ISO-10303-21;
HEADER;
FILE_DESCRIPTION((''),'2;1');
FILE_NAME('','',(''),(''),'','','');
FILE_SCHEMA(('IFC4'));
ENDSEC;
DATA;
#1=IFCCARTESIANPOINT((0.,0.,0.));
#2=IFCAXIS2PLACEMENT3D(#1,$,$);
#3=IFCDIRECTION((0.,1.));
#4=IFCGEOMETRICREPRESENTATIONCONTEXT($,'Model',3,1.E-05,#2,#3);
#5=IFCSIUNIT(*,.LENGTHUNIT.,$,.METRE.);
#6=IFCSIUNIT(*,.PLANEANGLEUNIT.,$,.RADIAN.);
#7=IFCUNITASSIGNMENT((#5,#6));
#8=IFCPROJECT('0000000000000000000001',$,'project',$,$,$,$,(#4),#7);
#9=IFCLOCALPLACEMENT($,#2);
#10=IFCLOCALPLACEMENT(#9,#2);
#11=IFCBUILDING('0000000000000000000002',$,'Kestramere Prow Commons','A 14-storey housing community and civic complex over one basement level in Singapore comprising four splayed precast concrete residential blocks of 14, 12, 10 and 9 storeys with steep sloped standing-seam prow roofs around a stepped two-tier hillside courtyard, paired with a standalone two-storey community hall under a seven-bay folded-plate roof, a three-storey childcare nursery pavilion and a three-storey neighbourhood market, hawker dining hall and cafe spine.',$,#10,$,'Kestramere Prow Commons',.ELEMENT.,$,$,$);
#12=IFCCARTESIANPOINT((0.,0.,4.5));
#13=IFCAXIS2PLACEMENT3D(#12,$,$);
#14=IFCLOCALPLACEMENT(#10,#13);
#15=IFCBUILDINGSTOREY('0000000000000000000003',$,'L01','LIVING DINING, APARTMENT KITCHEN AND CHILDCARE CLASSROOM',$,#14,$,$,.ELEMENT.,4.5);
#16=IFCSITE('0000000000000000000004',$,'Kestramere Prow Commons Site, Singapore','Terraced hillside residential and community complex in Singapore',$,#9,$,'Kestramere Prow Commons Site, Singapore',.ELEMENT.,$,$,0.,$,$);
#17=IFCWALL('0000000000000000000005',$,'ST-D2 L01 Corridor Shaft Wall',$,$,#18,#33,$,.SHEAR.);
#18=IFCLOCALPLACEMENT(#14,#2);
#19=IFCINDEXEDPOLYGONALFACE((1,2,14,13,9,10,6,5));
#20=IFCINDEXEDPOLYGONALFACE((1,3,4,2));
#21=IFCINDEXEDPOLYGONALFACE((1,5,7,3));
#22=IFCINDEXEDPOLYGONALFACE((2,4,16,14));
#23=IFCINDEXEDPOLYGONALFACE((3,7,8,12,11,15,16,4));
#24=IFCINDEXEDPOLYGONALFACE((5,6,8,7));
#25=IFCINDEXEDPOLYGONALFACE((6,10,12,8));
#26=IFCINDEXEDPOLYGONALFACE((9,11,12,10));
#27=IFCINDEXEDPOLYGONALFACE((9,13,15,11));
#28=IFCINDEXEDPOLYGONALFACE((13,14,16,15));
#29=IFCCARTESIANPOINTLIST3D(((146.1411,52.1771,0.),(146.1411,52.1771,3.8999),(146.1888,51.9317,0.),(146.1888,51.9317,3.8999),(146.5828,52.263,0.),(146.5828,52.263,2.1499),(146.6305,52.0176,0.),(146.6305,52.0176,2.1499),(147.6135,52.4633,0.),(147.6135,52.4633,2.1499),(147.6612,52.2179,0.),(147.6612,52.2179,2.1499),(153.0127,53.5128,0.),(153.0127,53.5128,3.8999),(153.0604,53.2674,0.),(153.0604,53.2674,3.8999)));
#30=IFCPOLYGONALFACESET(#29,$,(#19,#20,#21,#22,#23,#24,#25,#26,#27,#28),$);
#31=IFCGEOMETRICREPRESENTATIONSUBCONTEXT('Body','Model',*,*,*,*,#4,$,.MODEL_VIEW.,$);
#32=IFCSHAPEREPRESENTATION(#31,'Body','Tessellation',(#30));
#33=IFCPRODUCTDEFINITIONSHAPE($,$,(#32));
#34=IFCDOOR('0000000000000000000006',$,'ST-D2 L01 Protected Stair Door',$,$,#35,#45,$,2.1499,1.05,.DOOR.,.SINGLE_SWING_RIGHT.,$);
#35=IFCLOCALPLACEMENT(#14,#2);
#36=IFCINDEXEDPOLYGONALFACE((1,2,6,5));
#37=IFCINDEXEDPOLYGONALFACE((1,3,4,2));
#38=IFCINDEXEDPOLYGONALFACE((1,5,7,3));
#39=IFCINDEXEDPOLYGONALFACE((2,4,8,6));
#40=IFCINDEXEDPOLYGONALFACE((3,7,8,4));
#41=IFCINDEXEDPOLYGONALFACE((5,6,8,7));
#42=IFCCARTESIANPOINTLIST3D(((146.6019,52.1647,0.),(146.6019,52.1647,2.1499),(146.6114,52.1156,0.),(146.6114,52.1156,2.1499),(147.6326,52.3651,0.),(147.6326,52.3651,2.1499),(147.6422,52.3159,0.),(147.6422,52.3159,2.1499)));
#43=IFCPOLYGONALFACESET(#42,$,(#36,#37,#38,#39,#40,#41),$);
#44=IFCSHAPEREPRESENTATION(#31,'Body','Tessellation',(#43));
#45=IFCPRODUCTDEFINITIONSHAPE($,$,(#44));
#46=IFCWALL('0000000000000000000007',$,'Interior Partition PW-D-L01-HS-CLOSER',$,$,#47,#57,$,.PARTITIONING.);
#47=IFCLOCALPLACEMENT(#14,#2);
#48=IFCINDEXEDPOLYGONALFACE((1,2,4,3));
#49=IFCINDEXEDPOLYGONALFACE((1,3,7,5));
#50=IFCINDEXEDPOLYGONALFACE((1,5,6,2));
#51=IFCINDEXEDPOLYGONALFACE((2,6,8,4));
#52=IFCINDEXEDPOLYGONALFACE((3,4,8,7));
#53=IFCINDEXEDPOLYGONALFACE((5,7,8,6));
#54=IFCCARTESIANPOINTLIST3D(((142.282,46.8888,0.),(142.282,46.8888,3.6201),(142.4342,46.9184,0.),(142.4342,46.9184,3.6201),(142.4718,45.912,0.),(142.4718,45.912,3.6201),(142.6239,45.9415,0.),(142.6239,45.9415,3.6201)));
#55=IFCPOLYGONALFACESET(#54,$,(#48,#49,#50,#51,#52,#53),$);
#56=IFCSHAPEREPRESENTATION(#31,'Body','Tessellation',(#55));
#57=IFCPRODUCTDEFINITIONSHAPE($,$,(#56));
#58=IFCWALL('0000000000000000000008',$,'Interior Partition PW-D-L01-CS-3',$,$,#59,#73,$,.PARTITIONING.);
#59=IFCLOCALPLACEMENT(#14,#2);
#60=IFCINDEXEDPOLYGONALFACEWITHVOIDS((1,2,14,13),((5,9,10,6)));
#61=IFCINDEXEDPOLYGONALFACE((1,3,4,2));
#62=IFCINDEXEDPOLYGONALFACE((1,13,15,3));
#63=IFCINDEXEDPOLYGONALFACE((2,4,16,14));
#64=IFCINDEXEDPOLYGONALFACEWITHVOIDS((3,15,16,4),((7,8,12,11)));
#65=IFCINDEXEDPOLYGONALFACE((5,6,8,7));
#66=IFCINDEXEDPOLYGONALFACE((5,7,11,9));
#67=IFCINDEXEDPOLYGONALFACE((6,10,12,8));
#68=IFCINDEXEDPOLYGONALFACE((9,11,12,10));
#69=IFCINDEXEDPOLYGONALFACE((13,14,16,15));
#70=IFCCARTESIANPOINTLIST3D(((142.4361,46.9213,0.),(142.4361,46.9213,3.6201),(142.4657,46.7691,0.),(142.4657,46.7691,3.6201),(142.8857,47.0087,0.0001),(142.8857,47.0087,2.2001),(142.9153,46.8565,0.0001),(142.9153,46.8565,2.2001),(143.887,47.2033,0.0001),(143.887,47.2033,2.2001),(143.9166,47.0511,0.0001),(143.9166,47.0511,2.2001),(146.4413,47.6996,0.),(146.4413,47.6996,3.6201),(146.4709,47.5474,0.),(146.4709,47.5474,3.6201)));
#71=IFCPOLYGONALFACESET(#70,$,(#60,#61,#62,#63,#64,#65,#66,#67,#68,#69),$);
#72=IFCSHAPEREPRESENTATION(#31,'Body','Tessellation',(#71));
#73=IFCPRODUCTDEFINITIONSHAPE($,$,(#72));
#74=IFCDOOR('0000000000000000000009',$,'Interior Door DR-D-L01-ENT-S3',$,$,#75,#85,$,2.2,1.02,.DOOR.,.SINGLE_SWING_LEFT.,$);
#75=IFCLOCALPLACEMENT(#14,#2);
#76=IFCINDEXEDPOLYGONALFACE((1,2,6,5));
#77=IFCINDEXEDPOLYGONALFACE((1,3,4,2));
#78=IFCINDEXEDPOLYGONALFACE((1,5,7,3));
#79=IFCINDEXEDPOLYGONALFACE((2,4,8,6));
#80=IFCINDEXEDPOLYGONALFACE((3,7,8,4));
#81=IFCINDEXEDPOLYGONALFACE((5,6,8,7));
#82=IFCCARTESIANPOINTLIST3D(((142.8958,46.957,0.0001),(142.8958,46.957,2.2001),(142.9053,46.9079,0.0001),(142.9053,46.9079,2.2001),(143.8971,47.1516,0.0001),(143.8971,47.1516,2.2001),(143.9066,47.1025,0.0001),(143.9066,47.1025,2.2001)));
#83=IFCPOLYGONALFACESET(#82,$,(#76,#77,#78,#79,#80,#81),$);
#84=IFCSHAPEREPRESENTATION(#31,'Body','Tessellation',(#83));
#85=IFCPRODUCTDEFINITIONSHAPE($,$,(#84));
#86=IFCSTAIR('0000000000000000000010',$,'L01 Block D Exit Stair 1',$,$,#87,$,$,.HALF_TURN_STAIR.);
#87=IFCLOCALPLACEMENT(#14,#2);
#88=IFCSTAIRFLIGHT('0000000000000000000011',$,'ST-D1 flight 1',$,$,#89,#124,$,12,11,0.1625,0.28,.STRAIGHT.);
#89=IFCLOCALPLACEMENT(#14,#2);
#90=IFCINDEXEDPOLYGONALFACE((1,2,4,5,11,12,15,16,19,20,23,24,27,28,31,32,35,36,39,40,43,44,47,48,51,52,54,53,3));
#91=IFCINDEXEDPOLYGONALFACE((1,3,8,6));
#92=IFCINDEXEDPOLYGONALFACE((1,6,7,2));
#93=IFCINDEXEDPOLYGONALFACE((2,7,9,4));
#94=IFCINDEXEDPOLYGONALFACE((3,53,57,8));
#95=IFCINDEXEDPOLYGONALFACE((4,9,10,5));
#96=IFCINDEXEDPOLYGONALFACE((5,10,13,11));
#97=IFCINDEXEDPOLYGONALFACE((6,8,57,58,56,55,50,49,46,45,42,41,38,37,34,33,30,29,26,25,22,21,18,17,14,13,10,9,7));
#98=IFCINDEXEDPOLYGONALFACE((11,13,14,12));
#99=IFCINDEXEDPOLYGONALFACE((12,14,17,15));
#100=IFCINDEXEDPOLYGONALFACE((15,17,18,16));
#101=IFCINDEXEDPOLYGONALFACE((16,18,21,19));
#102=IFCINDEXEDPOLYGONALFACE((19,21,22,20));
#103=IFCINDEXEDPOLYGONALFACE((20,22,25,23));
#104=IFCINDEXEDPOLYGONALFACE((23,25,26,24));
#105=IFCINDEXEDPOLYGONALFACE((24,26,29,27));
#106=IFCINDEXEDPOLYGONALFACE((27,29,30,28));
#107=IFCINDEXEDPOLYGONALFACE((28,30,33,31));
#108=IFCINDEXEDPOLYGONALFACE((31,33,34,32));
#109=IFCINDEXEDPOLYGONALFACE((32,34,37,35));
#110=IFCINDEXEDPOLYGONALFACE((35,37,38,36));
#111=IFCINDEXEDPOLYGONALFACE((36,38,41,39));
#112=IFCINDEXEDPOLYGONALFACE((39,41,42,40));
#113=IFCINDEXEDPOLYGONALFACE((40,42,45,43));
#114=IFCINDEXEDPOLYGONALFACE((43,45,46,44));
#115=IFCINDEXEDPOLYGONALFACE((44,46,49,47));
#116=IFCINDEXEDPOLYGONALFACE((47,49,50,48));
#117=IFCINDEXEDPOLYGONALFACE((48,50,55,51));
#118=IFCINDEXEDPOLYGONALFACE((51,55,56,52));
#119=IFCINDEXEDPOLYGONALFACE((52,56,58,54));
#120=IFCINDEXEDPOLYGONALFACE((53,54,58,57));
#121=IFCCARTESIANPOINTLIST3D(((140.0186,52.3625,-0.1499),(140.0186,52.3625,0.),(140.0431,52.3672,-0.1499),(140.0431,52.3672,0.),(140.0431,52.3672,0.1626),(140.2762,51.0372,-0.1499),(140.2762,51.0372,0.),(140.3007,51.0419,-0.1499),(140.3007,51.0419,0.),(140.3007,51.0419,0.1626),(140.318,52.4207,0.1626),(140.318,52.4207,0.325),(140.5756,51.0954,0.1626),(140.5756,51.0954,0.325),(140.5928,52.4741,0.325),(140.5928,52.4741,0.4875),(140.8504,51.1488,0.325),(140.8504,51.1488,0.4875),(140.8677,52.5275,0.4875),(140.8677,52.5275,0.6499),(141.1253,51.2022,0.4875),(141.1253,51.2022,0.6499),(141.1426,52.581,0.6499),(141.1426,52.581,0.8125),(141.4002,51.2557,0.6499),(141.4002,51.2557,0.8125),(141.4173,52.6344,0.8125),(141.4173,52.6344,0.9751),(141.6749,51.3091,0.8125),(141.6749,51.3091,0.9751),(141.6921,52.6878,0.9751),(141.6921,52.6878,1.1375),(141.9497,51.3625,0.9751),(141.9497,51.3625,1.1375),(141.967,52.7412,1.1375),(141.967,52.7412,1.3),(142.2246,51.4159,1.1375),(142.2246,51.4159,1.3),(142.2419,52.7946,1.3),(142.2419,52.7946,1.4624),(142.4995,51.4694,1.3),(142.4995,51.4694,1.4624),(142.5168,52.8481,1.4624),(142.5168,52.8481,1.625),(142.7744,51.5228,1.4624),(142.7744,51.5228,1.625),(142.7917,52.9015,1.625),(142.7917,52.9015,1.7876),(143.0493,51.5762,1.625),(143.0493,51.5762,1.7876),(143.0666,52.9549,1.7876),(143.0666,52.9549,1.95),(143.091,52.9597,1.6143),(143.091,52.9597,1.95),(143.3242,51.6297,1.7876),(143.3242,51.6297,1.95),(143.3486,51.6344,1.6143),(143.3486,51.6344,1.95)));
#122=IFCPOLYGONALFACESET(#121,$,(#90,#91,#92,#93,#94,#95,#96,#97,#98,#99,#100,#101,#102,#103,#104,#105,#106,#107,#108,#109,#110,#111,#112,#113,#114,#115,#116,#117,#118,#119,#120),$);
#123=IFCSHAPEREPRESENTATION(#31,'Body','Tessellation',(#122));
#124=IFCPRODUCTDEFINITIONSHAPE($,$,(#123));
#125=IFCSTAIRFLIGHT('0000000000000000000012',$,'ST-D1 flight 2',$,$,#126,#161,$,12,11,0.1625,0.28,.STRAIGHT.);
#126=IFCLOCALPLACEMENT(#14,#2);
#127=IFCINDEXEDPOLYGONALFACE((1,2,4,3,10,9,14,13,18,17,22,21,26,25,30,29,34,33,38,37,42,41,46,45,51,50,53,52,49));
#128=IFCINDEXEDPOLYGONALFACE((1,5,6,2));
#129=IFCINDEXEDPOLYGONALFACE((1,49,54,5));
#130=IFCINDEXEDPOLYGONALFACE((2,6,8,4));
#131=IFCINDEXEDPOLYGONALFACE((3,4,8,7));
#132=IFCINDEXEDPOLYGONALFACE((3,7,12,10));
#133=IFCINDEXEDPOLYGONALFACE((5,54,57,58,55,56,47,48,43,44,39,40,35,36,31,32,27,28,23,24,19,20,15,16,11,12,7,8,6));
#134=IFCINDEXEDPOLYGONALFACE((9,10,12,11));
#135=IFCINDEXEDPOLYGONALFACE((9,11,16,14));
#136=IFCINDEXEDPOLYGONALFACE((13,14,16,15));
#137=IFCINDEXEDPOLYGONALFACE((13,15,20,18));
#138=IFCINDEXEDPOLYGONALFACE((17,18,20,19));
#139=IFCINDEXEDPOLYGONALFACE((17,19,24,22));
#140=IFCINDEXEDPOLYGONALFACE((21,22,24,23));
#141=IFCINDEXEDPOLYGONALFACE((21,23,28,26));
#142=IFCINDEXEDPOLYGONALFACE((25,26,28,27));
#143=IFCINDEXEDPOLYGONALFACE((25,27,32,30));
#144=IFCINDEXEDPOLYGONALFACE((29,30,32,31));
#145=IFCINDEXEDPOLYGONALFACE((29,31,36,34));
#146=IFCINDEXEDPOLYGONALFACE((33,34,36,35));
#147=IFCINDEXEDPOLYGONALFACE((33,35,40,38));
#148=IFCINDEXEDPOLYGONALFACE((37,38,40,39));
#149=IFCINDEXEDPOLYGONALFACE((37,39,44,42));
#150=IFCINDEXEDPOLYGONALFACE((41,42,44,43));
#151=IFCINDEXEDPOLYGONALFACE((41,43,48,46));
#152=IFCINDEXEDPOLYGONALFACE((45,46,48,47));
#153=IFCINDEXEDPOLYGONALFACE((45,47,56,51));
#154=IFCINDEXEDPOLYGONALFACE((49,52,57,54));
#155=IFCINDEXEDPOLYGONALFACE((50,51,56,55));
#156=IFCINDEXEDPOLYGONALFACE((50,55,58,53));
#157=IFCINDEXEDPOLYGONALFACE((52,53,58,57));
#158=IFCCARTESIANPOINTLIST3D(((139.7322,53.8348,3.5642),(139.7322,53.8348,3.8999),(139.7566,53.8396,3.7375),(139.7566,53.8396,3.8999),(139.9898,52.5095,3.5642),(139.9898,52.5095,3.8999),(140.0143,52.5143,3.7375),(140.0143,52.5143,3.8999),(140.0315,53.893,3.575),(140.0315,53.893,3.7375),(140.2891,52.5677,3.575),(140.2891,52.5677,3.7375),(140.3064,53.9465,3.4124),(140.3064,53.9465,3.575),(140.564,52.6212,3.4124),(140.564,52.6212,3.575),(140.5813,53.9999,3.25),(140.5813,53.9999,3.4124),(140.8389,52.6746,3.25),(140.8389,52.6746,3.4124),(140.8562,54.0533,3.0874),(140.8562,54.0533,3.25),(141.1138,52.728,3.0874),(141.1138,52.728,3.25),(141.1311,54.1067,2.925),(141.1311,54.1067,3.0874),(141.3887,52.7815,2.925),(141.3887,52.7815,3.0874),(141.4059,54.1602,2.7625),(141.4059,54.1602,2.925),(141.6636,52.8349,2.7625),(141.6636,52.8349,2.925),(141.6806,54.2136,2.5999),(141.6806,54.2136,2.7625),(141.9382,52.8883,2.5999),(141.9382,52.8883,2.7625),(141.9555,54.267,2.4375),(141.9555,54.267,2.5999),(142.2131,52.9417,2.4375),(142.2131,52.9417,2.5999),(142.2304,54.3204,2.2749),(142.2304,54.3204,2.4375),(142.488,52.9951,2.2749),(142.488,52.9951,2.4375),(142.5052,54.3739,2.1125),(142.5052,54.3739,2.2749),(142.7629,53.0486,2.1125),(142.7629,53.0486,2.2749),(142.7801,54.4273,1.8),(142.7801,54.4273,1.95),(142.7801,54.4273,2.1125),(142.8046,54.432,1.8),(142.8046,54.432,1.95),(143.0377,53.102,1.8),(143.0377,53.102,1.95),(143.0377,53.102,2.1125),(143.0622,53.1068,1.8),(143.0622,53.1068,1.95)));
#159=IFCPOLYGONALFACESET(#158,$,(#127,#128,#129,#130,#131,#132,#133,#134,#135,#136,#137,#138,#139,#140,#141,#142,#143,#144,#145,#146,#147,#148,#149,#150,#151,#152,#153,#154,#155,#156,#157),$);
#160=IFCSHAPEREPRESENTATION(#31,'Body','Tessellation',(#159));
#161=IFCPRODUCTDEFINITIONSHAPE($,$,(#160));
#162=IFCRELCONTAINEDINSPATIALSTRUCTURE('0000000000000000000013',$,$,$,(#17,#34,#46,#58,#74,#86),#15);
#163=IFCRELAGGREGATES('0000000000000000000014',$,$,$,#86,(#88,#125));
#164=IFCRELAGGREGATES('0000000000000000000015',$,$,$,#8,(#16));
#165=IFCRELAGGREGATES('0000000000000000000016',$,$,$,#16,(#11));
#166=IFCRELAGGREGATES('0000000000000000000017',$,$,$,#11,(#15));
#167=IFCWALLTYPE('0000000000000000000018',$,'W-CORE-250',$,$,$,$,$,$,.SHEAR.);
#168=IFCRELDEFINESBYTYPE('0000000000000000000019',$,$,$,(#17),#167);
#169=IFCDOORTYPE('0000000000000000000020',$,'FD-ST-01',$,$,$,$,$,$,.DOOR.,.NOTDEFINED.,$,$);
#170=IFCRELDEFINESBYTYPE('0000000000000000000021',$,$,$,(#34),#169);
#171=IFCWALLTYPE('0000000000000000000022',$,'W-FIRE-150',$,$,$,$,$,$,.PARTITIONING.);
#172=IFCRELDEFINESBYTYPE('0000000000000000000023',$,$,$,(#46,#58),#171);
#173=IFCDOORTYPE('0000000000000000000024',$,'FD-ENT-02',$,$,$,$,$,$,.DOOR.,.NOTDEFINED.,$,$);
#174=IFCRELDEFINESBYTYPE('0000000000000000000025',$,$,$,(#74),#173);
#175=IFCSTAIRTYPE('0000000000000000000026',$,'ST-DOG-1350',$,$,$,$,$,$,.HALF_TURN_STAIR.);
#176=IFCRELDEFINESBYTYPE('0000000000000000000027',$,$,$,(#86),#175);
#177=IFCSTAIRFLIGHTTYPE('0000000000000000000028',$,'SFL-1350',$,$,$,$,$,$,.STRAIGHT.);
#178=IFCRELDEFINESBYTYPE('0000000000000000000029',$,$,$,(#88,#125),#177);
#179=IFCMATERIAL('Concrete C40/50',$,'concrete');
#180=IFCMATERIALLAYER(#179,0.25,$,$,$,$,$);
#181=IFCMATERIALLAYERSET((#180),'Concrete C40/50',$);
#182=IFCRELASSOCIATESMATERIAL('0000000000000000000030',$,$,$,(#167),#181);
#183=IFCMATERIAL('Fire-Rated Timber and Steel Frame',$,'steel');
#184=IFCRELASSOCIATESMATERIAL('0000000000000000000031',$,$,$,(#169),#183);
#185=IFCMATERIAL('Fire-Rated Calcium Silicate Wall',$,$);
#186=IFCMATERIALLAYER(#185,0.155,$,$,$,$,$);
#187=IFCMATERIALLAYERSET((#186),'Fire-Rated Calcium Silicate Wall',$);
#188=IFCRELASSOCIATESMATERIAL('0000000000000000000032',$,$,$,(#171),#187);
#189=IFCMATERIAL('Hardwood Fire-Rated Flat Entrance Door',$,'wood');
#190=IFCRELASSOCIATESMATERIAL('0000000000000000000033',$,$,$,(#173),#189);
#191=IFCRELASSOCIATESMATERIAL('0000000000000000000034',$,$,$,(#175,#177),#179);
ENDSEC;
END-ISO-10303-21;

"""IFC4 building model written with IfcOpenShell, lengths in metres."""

from ifc_helpers import new_model, si_unit, direction, frame, frame_2d, origin, place, context, subcontext, project, spatial, polyline, rectangle, outline, extrude, material, layer, layer_set, type_object, element, fill, aggregate, save


model = new_model("IFC4")

# Units and contexts
model_context = context("Model", 3, precision=1e-05, world=origin(), true_north=direction((0.0, 1.0)))
body_context = subcontext(model_context, "Body", "Model", "MODEL_VIEW")
ifc_project = project(units=[si_unit("LENGTHUNIT", "METRE"), si_unit("PLANEANGLEUNIT", "RADIAN")], contexts=[model_context])

# Site, building, storey
site_placement = place(None, origin())
site = spatial("IfcSite", under=ifc_project, at=site_placement, Name="Kestramere Prow Commons Site, Singapore", Description="Terraced hillside residential and community complex in Singapore", LongName="Kestramere Prow Commons Site, Singapore", CompositionType="ELEMENT", RefElevation=0.0)
building_placement = place(site_placement, origin())
building = spatial("IfcBuilding", under=site, at=building_placement, Name="Kestramere Prow Commons", Description="A 14-storey housing community and civic complex over one basement level in Singapore comprising four splayed precast concrete residential blocks of 14, 12, 10 and 9 storeys with steep sloped standing-seam prow roofs around a stepped two-tier hillside courtyard, paired with a standalone two-storey community hall under a seven-bay folded-plate roof, a three-storey childcare nursery pavilion and a three-storey neighbourhood market, hawker dining hall and cafe spine.", LongName="Kestramere Prow Commons", CompositionType="ELEMENT")
storey_placement = place(building_placement, frame((0.0, 0.0, 4.5)))
storey = spatial("IfcBuildingStorey", under=building, at=storey_placement, Name="L01", Description="LIVING DINING, APARTMENT KITCHEN AND CHILDCARE CLASSROOM", CompositionType="ELEMENT", Elevation=4.5)

# Shared definitions
ifc_material_1 = material(Name="Concrete C40/50", Category="concrete")

# Shared definitions
ifc_layer_1 = layer(ifc_material_1, 0.25)
ifc_layer_set_1 = layer_set([ifc_layer_1], Name="Concrete C40/50")
wall_type_1 = type_object("IfcWallType", Name="W-CORE-250", PredefinedType="SHEAR", material=ifc_layer_set_1)
ifc_material_2 = material(Name="Fire-Rated Timber and Steel Frame", Category="steel")
door_type_1 = type_object("IfcDoorType", Name="FD-ST-01", OperationType="NOTDEFINED", PredefinedType="DOOR", material=ifc_material_2)

# Wall, opening, door
wall_1_placement = place(storey_placement, frame((146.165, 52.0544, 0.0), z_axis=(0.0, 0.0, 1.0), x_axis=(0.981627, 0.190808, 0.0)))
wall_1 = element("IfcWall", 1, at=wall_1_placement, inside=storey, type_object=wall_type_1, Name="ST-D2 L01 Corridor Shaft Wall", PredefinedType="SHEAR", context=body_context, shape_type="SweptSolid", body=[
    extrude(rectangle(XDim=7.0002, YDim=0.25, at=frame_2d((3.5, 0.0))), origin(), (0.0, 0.0, 1.0), 3.8999),
])
opening_1_placement = place(wall_1_placement, frame((0.45, 0.0, 0.0)))
opening_1 = element("IfcOpeningElement", 2, at=opening_1_placement, cuts=wall_1, PredefinedType="OPENING", context=body_context, shape_type="SweptSolid", body=[
    extrude(rectangle(XDim=1.05, YDim=2.1499, at=frame_2d((0.5249, 1.075))), frame((0.0, 0.1399, 0.0), z_axis=(0.0, -1.0, 0.0), x_axis=(1.0, 0.0, 0.0)), (0.0, 0.0, 1.0), 0.28),
])
door_1_placement = place(opening_1_placement, origin())
door_1 = element("IfcDoor", 3, at=door_1_placement, inside=storey, type_object=door_type_1, Name="ST-D2 L01 Protected Stair Door", OperationType="SINGLE_SWING_RIGHT", OverallHeight=2.1499, OverallWidth=1.05, PredefinedType="DOOR", context=body_context, shape_type="SweptSolid", body=[
    extrude(rectangle(XDim=1.05, YDim=2.1499, at=frame_2d((0.5249, 1.075))), frame((0.0, 0.0249, 0.0), z_axis=(0.0, -1.0, 0.0), x_axis=(1.0, 0.0, 0.0)), (0.0, 0.0, 1.0), 0.05),
])
fill(opening_1, door_1)

# Wall
ifc_material_3 = material(Name="Fire-Rated Calcium Silicate Wall")
ifc_layer_2 = layer(ifc_material_3, 0.155)
ifc_layer_set_2 = layer_set([ifc_layer_2], Name="Fire-Rated Calcium Silicate Wall")
wall_type_2 = type_object("IfcWallType", Name="W-FIRE-150", PredefinedType="PARTITIONING", material=ifc_layer_set_2)
wall_2_placement = place(storey_placement, frame((142.5479, 45.9268, 0.0), z_axis=(0.0, 0.0, 1.0), x_axis=(-0.19064, 0.98166, 0.0)))
element("IfcWall", 4, at=wall_2_placement, inside=storey, type_object=wall_type_2, Name="Interior Partition PW-D-L01-HS-CLOSER", PredefinedType="PARTITIONING", context=body_context, shape_type="SweptSolid", body=[
    extrude(rectangle(XDim=0.9951, YDim=0.155, at=frame_2d((0.4976, 0.0))), origin(), (0.0, 0.0, 1.0), 3.6201),
])

# Wall, opening, door
wall_3_placement = place(storey_placement, frame((142.4509, 46.8452, 0.0), z_axis=(0.0, 0.0, 1.0), x_axis=(0.981636, 0.190762, 0.0)))
wall_3 = element("IfcWall", 5, at=wall_3_placement, inside=storey, type_object=wall_type_2, Name="Interior Partition PW-D-L01-CS-3", PredefinedType="PARTITIONING", context=body_context, shape_type="SweptSolid", body=[
    extrude(rectangle(XDim=4.0801, YDim=0.155, at=frame_2d((2.04, 0.0))), origin(), (0.0, 0.0, 1.0), 3.6201),
])
opening_2_placement = place(wall_3_placement, frame((0.458, 0.0, 0.0)))
opening_2 = element("IfcOpeningElement", 6, at=opening_2_placement, cuts=wall_3, PredefinedType="OPENING", context=body_context, shape_type="SweptSolid", body=[
    extrude(rectangle(XDim=1.02, YDim=2.2, at=frame_2d((0.51, 1.1001))), frame((0.0, 0.0925, 0.0), z_axis=(0.0, -1.0, 0.0), x_axis=(1.0, 0.0, 0.0)), (0.0, 0.0, 1.0), 0.1851),
])
ifc_material_4 = material(Name="Hardwood Fire-Rated Flat Entrance Door", Category="wood")
door_type_2 = type_object("IfcDoorType", Name="FD-ENT-02", OperationType="NOTDEFINED", PredefinedType="DOOR", material=ifc_material_4)
door_2_placement = place(opening_2_placement, origin())
door_2 = element("IfcDoor", 7, at=door_2_placement, inside=storey, type_object=door_type_2, Name="Interior Door DR-D-L01-ENT-S3", OperationType="SINGLE_SWING_LEFT", OverallHeight=2.2, OverallWidth=1.02, PredefinedType="DOOR", context=body_context, shape_type="SweptSolid", body=[
    extrude(rectangle(XDim=1.02, YDim=2.2, at=frame_2d((0.51, 1.1001))), frame((0.0, 0.0249, 0.0), z_axis=(0.0, -1.0, 0.0), x_axis=(1.0, 0.0, 0.0)), (0.0, 0.0, 1.0), 0.05),
])
fill(opening_2, door_2)

# Stair, stair flights
stair_type = type_object("IfcStairType", Name="ST-DOG-1350", PredefinedType="HALF_TURN_STAIR", material=ifc_material_1)
stair_placement = place(storey_placement, origin())
stair = element("IfcStair", 8, at=stair_placement, inside=storey, type_object=stair_type, Name="L01 Block D Exit Stair 1", PredefinedType="HALF_TURN_STAIR")
stair_flight_type = type_object("IfcStairFlightType", Name="SFL-1350", PredefinedType="STRAIGHT", material=ifc_material_1)
stair_flight_1_placement = place(storey_placement, frame((140.1719, 51.7046, 0.0), z_axis=(0.0, 0.0, 1.0), x_axis=(0.981627, 0.190809, 0.0)))
stair_flight_1 = element("IfcStairFlight", 9, at=stair_flight_1_placement, type_object=stair_flight_type, Name="ST-D1 flight 1", NumberOfRisers=12, NumberOfTreads=11, PredefinedType="STRAIGHT", RiserHeight=0.1625, TreadLength=0.28, context=body_context, shape_type="SweptSolid", body=[
    extrude(outline(polyline([(-0.0249, 0.0), (0.0, 0.0), (0.0, 0.1626), (0.28, 0.1626), (0.28, 0.325), (0.5601, 0.325), (0.5601, 0.4875), (0.8401, 0.4875), (0.8401, 0.6499), (1.1201, 0.6499), (1.1201, 0.8125), (1.3999, 0.8125), (1.3999, 0.9751), (1.6799, 0.9751), (1.6799, 1.1375), (1.96, 1.1375), (1.96, 1.3), (2.24, 1.3), (2.24, 1.4624), (2.52, 1.4624), (2.52, 1.625), (2.8, 1.625), (2.8, 1.7876), (3.0801, 1.7876), (3.0801, 1.95), (3.105, 1.95), (3.105, 1.6143), (0.0, -0.1499), (-0.0249, -0.1499), (-0.0249, 0.0)])), frame((0.0, 0.675, 0.0), z_axis=(0.0, -1.0, 0.0), x_axis=(1.0, 0.0, 0.0)), (0.0, 0.0, 1.0), 1.3501),
])
stair_flight_2_placement = place(storey_placement, frame((142.9089, 53.7646, 1.95), z_axis=(0.0, 0.0, 1.0), x_axis=(-0.981627, -0.190809, 0.0)))
stair_flight_2 = element("IfcStairFlight", 10, at=stair_flight_2_placement, type_object=stair_flight_type, Name="ST-D1 flight 2", NumberOfRisers=12, NumberOfTreads=11, PredefinedType="STRAIGHT", RiserHeight=0.1625, TreadLength=0.28, context=body_context, shape_type="SweptSolid", body=[
    extrude(outline(polyline([(-0.0249, 0.0), (0.0, 0.0), (0.0, 0.1626), (0.28, 0.1626), (0.28, 0.325), (0.5601, 0.325), (0.5601, 0.4875), (0.8401, 0.4875), (0.8401, 0.6499), (1.1201, 0.6499), (1.1201, 0.8125), (1.3999, 0.8125), (1.3999, 0.9751), (1.6799, 0.9751), (1.6799, 1.1375), (1.96, 1.1375), (1.96, 1.3), (2.24, 1.3), (2.24, 1.4624), (2.52, 1.4624), (2.52, 1.625), (2.8, 1.625), (2.8, 1.7876), (3.0801, 1.7876), (3.0801, 1.95), (3.105, 1.95), (3.105, 1.6143), (0.0, -0.1499), (-0.0249, -0.1499), (-0.0249, 0.0)])), frame((0.0, 0.675, 0.0), z_axis=(0.0, -1.0, 0.0), x_axis=(1.0, 0.0, 0.0)), (0.0, 0.0, 1.0), 1.3501),
])
aggregate(stair, [stair_flight_1, stair_flight_2])

save(model, "model.ifc")
